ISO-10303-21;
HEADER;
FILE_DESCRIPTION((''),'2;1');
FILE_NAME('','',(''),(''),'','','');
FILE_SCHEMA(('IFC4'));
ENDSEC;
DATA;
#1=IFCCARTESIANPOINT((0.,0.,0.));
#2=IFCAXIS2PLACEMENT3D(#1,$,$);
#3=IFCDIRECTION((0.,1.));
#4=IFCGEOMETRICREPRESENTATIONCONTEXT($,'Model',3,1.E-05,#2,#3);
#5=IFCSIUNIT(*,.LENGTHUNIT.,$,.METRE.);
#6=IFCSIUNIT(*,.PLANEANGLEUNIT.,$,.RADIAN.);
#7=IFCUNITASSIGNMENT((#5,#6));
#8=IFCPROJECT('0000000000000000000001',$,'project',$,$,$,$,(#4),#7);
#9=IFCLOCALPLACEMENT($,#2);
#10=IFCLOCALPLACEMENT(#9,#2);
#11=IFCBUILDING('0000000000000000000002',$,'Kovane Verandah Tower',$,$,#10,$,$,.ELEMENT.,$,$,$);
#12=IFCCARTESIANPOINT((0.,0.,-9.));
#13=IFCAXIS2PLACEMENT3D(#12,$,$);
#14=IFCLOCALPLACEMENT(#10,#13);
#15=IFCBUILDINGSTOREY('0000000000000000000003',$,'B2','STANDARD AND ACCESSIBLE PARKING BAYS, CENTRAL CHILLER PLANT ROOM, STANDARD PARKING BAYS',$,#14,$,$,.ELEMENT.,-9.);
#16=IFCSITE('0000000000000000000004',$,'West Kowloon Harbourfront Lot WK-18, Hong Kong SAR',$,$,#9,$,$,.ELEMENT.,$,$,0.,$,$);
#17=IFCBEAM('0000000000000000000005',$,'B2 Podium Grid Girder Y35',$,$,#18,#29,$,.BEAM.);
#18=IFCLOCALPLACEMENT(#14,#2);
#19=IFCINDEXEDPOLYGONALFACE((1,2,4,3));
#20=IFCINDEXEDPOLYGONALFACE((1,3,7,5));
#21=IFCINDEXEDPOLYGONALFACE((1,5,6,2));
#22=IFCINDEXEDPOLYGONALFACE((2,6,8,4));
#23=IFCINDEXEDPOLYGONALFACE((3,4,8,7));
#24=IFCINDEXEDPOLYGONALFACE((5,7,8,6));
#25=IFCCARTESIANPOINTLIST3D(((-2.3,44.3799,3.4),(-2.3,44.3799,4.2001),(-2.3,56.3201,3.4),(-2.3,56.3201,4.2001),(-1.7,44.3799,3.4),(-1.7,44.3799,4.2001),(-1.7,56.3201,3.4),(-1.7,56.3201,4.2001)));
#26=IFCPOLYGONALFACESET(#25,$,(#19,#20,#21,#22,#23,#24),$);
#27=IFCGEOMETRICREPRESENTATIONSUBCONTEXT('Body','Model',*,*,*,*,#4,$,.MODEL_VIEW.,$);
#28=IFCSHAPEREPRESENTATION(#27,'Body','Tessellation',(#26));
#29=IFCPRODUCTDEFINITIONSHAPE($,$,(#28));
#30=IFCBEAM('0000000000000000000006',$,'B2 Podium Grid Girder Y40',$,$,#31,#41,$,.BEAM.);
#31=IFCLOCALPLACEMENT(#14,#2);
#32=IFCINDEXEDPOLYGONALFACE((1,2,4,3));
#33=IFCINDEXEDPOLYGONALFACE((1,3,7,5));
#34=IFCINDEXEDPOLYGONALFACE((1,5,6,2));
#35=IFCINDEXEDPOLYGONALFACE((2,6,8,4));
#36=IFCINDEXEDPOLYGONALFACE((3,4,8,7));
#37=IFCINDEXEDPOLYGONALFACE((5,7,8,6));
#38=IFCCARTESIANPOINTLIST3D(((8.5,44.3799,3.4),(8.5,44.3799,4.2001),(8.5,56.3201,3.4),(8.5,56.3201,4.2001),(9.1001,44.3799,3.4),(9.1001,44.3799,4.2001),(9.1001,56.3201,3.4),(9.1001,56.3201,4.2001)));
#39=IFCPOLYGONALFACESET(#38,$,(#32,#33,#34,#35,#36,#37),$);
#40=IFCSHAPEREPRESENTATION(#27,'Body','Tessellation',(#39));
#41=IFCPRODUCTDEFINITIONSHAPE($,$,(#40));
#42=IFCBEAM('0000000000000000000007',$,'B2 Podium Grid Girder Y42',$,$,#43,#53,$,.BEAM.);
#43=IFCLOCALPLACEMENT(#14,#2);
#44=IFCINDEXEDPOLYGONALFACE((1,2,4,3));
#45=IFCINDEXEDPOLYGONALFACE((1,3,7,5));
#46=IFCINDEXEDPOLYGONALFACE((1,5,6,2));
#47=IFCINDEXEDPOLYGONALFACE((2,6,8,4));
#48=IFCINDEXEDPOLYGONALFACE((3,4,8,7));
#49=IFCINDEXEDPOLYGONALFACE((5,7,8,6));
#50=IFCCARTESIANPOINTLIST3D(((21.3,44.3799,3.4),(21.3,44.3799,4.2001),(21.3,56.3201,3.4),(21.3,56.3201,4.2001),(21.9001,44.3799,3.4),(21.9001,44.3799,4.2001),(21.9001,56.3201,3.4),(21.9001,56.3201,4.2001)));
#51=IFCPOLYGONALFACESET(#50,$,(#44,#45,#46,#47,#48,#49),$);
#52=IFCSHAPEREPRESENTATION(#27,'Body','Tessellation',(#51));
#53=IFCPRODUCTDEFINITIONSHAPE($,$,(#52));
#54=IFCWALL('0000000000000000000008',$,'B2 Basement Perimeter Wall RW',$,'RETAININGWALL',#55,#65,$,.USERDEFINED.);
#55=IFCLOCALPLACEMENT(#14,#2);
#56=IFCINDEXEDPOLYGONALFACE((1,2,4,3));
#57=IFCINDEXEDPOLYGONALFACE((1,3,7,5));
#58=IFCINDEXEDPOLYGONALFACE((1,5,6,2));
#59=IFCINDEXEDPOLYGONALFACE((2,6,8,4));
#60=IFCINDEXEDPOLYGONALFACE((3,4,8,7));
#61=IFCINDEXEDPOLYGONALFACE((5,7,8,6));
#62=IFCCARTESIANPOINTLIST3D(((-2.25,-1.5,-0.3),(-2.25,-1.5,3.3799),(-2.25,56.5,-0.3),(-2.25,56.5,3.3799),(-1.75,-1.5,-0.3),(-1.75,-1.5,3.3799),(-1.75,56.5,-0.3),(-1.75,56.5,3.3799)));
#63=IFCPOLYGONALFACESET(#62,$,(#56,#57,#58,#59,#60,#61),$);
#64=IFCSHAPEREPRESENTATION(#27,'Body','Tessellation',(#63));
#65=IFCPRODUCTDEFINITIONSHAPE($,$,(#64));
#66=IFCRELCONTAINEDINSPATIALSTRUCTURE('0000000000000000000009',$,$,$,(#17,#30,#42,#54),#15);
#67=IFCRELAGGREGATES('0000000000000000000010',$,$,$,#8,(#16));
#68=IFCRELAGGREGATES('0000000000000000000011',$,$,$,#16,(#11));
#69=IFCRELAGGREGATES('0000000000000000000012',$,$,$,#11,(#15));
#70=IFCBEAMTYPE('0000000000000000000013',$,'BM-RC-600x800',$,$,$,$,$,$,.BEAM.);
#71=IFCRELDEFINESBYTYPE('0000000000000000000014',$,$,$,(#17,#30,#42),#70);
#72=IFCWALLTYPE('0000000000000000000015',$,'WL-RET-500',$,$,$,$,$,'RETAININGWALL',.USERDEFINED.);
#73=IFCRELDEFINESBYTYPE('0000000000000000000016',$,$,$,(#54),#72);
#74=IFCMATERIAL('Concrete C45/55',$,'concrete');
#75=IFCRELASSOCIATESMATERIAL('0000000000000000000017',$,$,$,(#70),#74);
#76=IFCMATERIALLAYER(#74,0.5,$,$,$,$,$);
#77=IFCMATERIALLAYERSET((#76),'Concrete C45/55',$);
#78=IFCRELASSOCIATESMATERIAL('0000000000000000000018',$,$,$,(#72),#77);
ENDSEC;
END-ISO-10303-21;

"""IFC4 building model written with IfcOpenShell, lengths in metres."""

from ifc_helpers import new_model, si_unit, direction, frame, frame_2d, origin, origin_2d, place, context, subcontext, project, spatial, rectangle, extrude, material, layer, layer_set, material_profile, profile_set, type_object, element, save


model = new_model("IFC4")

# Units and contexts
model_context = context("Model", 3, precision=1e-05, world=origin(), true_north=direction((0.0, 1.0)))
body_context = subcontext(model_context, "Body", "Model", "MODEL_VIEW")
ifc_project = project(units=[si_unit("LENGTHUNIT", "METRE"), si_unit("PLANEANGLEUNIT", "RADIAN")], contexts=[model_context])

# Site, building, storey
site_placement = place(None, origin())
site = spatial("IfcSite", under=ifc_project, at=site_placement, Name="West Kowloon Harbourfront Lot WK-18, Hong Kong SAR", CompositionType="ELEMENT", RefElevation=0.0)
building_placement = place(site_placement, origin())
building = spatial("IfcBuilding", under=site, at=building_placement, Name="Kovane Verandah Tower", CompositionType="ELEMENT")
storey_placement = place(building_placement, frame((0.0, 0.0, -9.0)))
storey = spatial("IfcBuildingStorey", under=building, at=storey_placement, Name="B2", Description="STANDARD AND ACCESSIBLE PARKING BAYS, CENTRAL CHILLER PLANT ROOM, STANDARD PARKING BAYS", CompositionType="ELEMENT", Elevation=-9.0)

# Beams
ifc_material_1 = material(Name="Concrete C45/55", Category="concrete")
ifc_material_profile_1 = material_profile(ifc_material_1, rectangle(XDim=0.6001, YDim=0.8, at=origin_2d()), Name="RCB600x800")
ifc_profile_set_1 = profile_set([ifc_material_profile_1], Name="Concrete C45/55")
beam_type_1 = type_object("IfcBeamType", Name="BM-RC-600x800", PredefinedType="BEAM", material=ifc_profile_set_1)
for number, where, z_axis, x_axis, name in (
    (1, (-2.0, 44.3799, 3.8), (0.0, 1.0, 0.0), (-1.0, 0.0, 0.0), "B2 Podium Grid Girder Y35"),
    (2, (8.8, 44.3799, 3.8), (0.0, 1.0, 0.0), (-1.0, 0.0, 0.0), "B2 Podium Grid Girder Y40"),
    (3, (21.6001, 44.3799, 3.8), (0.0, 1.0, 0.0), (-1.0, 0.0, 0.0), "B2 Podium Grid Girder Y42"),
):
    element("IfcBeam", number, at=place(storey_placement, frame(where, z_axis=z_axis, x_axis=x_axis)), inside=storey, type_object=beam_type_1, Name=name, PredefinedType="BEAM", context=body_context, shape_type="SweptSolid", body=[
        extrude(rectangle(XDim=0.6001, YDim=0.8, at=origin_2d()), origin(), (0.0, 0.0, 1.0), 11.9402),
    ])

# Wall
ifc_layer_1 = layer(ifc_material_1, 0.5)
ifc_layer_set_1 = layer_set([ifc_layer_1], Name="Concrete C45/55")
wall_type = type_object("IfcWallType", Name="WL-RET-500", ElementType="RETAININGWALL", PredefinedType="USERDEFINED", material=ifc_layer_set_1)
wall_placement = place(storey_placement, frame((-2.0, 56.5, -0.3), z_axis=(0.0, 0.0, 1.0), x_axis=(0.0, -1.0, 0.0)))
element("IfcWall", 4, at=wall_placement, inside=storey, type_object=wall_type, Name="B2 Basement Perimeter Wall RW", ObjectType="RETAININGWALL", PredefinedType="USERDEFINED", context=body_context, shape_type="SweptSolid", body=[
    extrude(rectangle(XDim=58.0, YDim=0.5, at=frame_2d((29.0, 0.0))), origin(), (0.0, 0.0, 1.0), 3.6799),
])

save(model, "model.ifc")
